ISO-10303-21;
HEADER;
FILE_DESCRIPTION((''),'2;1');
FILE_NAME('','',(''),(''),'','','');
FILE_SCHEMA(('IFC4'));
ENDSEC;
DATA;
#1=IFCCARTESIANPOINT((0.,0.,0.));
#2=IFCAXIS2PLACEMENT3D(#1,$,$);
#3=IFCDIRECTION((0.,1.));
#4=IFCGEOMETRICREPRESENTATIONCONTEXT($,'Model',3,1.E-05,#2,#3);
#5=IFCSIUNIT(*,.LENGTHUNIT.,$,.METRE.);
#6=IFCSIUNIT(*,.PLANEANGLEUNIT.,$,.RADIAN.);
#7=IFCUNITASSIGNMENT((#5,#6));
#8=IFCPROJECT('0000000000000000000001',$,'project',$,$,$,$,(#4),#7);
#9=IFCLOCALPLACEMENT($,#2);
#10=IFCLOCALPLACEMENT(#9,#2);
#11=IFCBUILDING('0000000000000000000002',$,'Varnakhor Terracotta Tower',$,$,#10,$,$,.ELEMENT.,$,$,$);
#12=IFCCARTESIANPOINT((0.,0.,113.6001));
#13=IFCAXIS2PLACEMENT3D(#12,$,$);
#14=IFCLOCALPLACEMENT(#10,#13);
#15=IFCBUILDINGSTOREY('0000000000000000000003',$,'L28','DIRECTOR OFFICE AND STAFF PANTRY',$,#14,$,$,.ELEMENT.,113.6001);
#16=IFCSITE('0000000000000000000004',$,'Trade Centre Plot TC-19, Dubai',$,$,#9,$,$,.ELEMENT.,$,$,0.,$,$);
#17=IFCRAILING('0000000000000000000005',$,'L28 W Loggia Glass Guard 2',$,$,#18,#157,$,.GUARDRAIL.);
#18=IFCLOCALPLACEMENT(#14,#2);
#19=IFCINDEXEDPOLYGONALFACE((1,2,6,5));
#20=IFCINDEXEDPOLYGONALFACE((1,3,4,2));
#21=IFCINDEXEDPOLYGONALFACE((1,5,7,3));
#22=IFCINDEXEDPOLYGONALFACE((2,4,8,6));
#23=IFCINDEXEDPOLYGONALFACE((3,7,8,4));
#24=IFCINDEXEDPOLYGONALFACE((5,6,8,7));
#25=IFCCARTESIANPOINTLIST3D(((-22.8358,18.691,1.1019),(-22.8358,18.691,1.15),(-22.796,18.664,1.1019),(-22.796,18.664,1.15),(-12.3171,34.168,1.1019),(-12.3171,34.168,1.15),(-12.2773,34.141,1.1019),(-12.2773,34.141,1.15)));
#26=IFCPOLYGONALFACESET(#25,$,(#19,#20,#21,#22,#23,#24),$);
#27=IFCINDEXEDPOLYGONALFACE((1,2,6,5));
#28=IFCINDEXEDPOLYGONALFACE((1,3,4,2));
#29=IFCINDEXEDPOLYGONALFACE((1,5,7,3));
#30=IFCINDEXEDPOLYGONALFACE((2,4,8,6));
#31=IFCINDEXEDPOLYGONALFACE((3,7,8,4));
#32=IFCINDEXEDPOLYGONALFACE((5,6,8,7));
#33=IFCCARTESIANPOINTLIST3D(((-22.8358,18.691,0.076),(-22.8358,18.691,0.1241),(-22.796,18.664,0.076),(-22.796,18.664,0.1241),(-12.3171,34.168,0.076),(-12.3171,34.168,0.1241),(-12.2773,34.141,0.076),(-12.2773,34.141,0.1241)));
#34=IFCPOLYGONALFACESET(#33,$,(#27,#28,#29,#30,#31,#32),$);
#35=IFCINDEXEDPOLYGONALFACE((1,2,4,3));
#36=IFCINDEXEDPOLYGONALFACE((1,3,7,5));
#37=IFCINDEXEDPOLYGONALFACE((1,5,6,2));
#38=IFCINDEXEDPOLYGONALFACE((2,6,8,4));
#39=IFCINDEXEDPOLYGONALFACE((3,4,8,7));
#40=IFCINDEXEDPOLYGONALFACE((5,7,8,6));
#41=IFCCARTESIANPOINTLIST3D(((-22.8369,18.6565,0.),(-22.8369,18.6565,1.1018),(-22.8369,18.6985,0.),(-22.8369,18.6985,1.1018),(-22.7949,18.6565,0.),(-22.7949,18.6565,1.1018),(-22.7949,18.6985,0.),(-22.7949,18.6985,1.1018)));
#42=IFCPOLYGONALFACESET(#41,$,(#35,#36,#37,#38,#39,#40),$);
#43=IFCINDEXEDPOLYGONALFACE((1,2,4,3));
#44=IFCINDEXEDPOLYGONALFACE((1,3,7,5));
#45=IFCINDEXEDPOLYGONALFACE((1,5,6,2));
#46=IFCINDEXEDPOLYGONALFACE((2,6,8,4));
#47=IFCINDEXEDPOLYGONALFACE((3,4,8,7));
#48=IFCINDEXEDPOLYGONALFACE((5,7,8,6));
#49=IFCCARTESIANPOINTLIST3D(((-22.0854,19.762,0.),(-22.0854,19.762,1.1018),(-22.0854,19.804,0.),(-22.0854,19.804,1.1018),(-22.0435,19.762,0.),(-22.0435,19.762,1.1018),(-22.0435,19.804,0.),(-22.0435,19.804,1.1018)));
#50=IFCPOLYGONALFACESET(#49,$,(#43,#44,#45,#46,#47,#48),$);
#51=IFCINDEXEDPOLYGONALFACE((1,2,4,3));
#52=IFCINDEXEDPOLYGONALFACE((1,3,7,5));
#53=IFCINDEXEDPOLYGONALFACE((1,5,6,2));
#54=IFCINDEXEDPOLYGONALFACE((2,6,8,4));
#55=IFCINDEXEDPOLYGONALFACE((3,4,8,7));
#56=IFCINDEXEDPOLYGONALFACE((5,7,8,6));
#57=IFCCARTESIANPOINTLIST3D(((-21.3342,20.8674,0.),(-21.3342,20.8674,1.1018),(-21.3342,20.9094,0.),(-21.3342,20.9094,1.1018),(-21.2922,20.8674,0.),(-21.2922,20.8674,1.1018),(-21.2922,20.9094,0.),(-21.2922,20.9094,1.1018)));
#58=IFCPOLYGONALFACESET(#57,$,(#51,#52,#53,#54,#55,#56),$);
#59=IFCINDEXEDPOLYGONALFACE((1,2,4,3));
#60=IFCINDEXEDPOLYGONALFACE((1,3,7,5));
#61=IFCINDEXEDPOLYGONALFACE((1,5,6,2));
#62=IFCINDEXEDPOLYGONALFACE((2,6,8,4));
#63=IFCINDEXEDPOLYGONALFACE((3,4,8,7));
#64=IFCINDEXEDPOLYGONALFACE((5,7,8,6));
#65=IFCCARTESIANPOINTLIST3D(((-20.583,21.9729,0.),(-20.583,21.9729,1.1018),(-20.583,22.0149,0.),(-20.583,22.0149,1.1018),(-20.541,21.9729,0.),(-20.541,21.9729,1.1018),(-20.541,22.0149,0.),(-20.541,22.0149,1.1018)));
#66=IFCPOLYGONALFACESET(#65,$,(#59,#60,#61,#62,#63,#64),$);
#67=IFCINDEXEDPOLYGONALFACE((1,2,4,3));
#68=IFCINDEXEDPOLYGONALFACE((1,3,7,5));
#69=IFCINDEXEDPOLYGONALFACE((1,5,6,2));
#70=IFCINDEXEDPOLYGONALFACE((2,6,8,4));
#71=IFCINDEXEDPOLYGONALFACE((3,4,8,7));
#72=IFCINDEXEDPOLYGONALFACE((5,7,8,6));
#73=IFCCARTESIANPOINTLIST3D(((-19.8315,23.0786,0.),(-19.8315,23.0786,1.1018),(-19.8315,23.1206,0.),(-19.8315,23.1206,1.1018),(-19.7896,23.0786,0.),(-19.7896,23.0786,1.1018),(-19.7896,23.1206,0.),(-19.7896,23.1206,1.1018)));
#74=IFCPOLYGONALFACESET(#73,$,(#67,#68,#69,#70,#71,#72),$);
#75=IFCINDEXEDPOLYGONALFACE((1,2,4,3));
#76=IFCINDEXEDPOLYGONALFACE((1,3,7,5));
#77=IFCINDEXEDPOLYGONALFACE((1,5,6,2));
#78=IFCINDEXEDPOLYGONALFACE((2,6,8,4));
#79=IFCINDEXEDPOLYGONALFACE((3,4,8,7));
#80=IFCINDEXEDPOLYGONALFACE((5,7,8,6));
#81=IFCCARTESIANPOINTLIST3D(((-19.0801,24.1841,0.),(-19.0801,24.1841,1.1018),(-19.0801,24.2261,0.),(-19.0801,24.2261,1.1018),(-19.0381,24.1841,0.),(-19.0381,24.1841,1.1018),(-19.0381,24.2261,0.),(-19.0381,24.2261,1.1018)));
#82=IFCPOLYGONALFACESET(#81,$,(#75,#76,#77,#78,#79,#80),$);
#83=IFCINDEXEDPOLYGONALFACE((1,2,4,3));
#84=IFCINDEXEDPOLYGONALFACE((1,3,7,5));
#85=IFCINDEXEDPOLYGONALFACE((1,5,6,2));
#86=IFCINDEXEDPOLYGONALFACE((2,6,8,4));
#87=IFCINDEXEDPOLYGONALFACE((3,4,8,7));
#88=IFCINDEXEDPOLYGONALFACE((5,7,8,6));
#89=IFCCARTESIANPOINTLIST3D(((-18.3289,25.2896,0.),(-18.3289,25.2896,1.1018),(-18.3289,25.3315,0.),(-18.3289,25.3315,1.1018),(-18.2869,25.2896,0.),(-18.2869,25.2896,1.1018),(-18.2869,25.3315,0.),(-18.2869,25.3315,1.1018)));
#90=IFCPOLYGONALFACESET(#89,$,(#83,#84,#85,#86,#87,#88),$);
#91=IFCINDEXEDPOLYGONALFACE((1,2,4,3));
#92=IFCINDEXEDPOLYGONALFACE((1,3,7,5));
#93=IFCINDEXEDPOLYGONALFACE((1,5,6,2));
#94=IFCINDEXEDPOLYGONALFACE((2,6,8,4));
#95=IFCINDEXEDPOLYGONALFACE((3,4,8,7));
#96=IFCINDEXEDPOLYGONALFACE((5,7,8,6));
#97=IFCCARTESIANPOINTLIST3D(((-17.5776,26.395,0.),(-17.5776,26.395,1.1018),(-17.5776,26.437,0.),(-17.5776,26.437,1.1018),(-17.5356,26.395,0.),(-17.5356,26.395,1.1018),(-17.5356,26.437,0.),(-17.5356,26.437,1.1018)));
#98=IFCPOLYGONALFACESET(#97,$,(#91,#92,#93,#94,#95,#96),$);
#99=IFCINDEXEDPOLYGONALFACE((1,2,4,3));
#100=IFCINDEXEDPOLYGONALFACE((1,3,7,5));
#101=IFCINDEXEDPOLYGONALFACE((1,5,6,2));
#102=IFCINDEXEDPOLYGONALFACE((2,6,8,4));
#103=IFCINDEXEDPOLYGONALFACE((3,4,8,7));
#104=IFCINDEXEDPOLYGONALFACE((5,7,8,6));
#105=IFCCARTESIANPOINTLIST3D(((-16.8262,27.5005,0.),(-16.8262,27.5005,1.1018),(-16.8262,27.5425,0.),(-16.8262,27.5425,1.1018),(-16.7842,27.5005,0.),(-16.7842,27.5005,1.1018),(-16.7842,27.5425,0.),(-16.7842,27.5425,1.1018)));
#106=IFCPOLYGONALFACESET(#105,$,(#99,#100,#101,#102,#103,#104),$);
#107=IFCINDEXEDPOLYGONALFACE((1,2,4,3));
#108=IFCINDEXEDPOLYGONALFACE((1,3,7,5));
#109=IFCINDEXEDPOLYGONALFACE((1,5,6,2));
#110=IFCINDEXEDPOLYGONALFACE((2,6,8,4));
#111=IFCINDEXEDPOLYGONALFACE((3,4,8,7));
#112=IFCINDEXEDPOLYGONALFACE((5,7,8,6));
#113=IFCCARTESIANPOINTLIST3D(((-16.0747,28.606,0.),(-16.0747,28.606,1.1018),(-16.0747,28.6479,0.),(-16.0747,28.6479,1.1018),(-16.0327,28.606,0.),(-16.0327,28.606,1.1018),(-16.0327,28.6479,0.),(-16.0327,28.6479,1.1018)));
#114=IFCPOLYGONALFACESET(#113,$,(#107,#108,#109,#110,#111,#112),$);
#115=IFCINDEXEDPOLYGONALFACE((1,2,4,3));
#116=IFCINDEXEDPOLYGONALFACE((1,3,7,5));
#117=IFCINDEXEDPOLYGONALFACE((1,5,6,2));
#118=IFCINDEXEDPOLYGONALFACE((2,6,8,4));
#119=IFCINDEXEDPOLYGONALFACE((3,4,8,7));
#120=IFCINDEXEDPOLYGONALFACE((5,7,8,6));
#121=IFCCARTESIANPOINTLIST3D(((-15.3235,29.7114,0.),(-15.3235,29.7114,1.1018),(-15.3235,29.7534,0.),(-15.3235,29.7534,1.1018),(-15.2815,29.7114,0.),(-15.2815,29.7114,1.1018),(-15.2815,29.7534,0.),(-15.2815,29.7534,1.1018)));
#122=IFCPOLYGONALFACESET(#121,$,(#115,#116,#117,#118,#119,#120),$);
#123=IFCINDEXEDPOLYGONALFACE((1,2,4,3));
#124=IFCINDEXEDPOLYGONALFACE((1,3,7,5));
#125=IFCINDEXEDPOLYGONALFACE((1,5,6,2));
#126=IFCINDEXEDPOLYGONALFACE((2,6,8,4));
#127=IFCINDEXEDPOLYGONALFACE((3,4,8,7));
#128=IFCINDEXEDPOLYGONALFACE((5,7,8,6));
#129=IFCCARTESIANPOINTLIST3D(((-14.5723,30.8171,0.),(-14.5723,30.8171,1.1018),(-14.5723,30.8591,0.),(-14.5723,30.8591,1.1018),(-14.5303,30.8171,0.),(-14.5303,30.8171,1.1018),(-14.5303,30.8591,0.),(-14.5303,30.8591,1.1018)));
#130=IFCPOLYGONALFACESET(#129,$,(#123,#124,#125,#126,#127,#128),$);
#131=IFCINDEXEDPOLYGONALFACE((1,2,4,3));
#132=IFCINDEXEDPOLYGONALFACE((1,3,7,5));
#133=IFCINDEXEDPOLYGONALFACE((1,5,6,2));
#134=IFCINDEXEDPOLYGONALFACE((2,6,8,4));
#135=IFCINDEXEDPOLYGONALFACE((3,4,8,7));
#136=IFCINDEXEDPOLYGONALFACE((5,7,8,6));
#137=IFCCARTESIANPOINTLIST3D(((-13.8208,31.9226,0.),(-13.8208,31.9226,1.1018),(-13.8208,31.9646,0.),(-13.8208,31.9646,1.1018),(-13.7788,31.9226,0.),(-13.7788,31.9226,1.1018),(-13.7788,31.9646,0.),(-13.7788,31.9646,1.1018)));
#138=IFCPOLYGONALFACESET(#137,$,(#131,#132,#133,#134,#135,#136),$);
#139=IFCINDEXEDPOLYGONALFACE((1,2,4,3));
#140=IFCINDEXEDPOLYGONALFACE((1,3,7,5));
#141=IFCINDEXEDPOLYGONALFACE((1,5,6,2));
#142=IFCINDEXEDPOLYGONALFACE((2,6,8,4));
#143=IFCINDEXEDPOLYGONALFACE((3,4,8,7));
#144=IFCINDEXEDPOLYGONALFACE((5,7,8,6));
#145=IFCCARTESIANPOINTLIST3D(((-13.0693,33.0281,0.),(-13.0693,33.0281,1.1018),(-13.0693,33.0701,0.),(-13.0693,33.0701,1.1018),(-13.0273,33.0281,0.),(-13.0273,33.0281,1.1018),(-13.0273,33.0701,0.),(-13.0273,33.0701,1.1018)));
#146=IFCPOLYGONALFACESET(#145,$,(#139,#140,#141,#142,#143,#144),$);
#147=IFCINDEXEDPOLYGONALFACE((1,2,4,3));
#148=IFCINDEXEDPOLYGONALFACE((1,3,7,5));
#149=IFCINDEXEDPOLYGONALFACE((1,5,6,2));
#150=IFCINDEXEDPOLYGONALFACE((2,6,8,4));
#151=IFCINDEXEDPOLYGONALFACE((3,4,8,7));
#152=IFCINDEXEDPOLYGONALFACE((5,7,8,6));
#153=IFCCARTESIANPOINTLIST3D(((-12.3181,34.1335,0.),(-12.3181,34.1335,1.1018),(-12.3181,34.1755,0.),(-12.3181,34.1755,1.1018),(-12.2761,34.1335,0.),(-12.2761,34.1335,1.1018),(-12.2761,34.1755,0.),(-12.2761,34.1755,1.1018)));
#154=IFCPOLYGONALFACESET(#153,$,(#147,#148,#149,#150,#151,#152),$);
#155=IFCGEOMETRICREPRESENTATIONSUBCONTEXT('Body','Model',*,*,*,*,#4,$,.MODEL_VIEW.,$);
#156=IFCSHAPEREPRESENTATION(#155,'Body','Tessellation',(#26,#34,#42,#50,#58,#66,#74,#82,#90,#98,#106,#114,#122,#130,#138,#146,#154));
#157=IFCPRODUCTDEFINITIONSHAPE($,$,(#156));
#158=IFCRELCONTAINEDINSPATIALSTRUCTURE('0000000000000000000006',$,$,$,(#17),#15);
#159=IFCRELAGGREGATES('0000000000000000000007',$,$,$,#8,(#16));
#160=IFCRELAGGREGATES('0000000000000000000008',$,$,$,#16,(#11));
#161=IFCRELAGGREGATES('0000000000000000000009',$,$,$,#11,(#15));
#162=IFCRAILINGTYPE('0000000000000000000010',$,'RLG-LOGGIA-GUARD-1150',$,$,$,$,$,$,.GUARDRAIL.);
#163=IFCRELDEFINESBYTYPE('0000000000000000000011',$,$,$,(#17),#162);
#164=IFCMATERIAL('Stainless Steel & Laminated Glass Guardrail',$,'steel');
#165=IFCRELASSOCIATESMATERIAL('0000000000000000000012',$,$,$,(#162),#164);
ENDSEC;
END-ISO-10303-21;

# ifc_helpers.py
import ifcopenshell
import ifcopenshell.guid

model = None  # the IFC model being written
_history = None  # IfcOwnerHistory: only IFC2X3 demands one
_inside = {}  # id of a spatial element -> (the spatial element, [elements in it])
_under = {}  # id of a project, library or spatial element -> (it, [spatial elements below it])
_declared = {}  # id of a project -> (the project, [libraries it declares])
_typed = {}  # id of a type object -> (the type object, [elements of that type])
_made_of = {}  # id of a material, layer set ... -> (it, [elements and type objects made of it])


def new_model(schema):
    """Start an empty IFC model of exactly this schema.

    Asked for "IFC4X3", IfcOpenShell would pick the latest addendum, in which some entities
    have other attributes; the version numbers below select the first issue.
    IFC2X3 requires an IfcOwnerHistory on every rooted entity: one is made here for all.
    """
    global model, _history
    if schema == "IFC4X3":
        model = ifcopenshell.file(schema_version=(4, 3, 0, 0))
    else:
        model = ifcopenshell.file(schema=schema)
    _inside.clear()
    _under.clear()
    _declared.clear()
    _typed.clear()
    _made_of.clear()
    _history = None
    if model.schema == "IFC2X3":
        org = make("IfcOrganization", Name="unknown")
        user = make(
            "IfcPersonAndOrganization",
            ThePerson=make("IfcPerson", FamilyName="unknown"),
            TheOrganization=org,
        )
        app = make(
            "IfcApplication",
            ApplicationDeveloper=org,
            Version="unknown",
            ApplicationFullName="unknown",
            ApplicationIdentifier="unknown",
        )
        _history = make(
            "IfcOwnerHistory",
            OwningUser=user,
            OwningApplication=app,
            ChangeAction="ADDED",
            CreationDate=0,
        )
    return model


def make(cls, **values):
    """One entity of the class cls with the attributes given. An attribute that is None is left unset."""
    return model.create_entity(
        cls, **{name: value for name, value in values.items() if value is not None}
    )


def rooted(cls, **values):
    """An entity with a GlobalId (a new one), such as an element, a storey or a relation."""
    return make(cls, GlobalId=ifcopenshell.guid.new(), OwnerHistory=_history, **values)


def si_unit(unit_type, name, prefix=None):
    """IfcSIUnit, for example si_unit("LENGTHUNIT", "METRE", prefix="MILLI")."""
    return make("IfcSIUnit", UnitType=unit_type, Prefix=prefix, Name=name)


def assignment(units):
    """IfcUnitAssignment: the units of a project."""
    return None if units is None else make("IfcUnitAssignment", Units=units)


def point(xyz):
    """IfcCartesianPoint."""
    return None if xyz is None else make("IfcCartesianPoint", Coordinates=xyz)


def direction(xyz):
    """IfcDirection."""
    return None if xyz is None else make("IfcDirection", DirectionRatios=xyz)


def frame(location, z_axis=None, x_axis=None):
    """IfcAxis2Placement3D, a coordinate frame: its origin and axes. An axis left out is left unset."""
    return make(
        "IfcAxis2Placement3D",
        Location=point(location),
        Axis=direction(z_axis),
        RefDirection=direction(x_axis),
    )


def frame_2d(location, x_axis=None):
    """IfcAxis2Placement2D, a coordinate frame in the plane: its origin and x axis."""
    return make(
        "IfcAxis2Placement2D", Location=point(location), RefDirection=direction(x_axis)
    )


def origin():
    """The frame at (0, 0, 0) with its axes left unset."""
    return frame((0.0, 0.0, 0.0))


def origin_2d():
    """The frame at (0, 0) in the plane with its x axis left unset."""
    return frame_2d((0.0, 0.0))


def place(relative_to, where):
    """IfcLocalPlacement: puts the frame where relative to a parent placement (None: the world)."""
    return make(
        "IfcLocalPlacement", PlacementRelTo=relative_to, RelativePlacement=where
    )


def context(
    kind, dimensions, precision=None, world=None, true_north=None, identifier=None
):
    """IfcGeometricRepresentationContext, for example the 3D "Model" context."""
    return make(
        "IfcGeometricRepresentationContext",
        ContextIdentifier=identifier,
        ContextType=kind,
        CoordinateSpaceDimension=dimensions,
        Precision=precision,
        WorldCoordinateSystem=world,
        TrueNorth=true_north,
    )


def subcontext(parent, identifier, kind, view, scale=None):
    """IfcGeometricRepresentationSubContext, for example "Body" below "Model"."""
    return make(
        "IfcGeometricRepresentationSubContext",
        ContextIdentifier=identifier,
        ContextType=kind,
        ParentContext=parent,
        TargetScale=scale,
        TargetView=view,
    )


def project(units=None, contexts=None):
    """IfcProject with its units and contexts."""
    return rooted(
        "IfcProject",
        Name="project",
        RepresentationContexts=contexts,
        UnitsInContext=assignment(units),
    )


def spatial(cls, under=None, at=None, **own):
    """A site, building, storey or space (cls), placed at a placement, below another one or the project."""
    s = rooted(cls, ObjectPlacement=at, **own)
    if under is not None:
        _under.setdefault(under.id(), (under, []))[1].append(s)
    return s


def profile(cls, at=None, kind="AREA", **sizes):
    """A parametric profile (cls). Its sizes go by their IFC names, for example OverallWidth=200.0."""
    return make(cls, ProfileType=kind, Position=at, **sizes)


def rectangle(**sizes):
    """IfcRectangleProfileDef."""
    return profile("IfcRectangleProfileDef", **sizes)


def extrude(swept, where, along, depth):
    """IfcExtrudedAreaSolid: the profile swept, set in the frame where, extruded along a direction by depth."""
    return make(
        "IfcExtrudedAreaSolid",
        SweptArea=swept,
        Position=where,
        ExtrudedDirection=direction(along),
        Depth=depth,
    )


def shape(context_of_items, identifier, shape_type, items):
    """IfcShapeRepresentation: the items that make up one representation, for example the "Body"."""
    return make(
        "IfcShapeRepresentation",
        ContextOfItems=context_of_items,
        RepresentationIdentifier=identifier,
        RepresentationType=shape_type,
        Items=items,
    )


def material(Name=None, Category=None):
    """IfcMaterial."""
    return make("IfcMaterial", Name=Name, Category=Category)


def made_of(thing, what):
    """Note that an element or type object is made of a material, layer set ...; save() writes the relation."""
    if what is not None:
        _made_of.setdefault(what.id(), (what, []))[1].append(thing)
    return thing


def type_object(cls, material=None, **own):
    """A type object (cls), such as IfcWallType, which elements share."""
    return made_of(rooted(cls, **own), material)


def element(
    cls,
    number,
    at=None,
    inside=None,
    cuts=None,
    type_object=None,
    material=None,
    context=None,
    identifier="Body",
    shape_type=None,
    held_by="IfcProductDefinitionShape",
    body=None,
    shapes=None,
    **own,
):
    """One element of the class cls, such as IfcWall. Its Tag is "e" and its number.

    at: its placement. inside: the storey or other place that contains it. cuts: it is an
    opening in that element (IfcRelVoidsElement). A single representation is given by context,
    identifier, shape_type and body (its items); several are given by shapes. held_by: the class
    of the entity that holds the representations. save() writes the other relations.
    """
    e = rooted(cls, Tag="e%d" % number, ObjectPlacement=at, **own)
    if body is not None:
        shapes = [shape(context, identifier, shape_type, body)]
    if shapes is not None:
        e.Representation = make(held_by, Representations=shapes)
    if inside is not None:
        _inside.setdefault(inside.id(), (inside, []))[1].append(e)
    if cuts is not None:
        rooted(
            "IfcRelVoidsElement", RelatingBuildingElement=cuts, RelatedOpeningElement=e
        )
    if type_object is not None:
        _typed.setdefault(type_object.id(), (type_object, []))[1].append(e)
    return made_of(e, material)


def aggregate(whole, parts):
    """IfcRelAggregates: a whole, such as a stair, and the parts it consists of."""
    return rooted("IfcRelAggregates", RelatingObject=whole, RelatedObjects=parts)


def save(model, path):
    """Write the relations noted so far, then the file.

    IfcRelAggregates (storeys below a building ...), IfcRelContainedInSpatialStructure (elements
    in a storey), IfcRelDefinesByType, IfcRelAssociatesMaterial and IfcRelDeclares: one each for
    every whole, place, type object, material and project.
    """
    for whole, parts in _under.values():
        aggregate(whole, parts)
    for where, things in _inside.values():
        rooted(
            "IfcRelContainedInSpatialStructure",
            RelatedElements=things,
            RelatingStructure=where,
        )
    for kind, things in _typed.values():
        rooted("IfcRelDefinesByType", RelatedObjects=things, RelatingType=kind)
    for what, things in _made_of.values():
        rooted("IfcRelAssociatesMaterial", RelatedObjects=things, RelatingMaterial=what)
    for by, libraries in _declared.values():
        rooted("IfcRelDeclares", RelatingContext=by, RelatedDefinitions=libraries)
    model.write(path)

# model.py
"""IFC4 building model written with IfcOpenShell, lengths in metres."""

from ifc_helpers import new_model, si_unit, direction, frame, origin, origin_2d, place, context, subcontext, project, spatial, rectangle, extrude, material, type_object, element, save


model = new_model("IFC4")

# Units and contexts
model_context = context("Model", 3, precision=1e-05, world=origin(), true_north=direction((0.0, 1.0)))
body_context = subcontext(model_context, "Body", "Model", "MODEL_VIEW")
ifc_project = project(units=[si_unit("LENGTHUNIT", "METRE"), si_unit("PLANEANGLEUNIT", "RADIAN")], contexts=[model_context])

# Site, building, storey
site_placement = place(None, origin())
site = spatial("IfcSite", under=ifc_project, at=site_placement, Name="Trade Centre Plot TC-19, Dubai", CompositionType="ELEMENT", RefElevation=0.0)
building_placement = place(site_placement, origin())
building = spatial("IfcBuilding", under=site, at=building_placement, Name="Varnakhor Terracotta Tower", CompositionType="ELEMENT")
storey_placement = place(building_placement, frame((0.0, 0.0, 113.6001)))
storey = spatial("IfcBuildingStorey", under=building, at=storey_placement, Name="L28", Description="DIRECTOR OFFICE AND STAFF PANTRY", CompositionType="ELEMENT", Elevation=113.6001)

# Railing
ifc_material_1 = material(Name="Stainless Steel & Laminated Glass Guardrail", Category="steel")
railing_type = type_object("IfcRailingType", Name="RLG-LOGGIA-GUARD-1150", PredefinedType="GUARDRAIL", material=ifc_material_1)
railing_1_placement = place(storey_placement, frame((-22.8159, 18.6775, 0.0)))
element("IfcRailing", 1, at=railing_1_placement, inside=storey, type_object=railing_type, Name="L28 W Loggia Glass Guard 2", PredefinedType="GUARDRAIL", context=body_context, shape_type="SweptSolid", body=[
    extrude(rectangle(XDim=0.0481, YDim=0.0481, at=origin_2d()), frame((0.0, 0.0, 1.126), z_axis=(0.562106, 0.827066, 0.0), x_axis=(-0.827066, 0.562106, 0.0)), (0.0, 0.0, 1.0), 18.7131),
    extrude(rectangle(XDim=0.0481, YDim=0.0481, at=origin_2d()), frame((0.0, 0.0, 0.1001), z_axis=(0.562106, 0.827066, 0.0), x_axis=(-0.827066, 0.562106, 0.0)), (0.0, 0.0, 1.0), 18.7131),
    extrude(rectangle(XDim=0.042, YDim=0.042, at=origin_2d()), origin(), (0.0, 0.0, 1.0), 1.1018),
    extrude(rectangle(XDim=0.042, YDim=0.042, at=origin_2d()), frame((0.7515, 1.1055, 0.0)), (0.0, 0.0, 1.0), 1.1018),
    extrude(rectangle(XDim=0.042, YDim=0.042, at=origin_2d()), frame((1.5027, 2.2109, 0.0)), (0.0, 0.0, 1.0), 1.1018),
    extrude(rectangle(XDim=0.042, YDim=0.042, at=origin_2d()), frame((2.2539, 3.3164, 0.0)), (0.0, 0.0, 1.0), 1.1018),
    extrude(rectangle(XDim=0.042, YDim=0.042, at=origin_2d()), frame((3.0054, 4.4221, 0.0)), (0.0, 0.0, 1.0), 1.1018),
    extrude(rectangle(XDim=0.042, YDim=0.042, at=origin_2d()), frame((3.7568, 5.5276, 0.0)), (0.0, 0.0, 1.0), 1.1018),
    extrude(rectangle(XDim=0.042, YDim=0.042, at=origin_2d()), frame((4.5081, 6.6331, 0.0)), (0.0, 0.0, 1.0), 1.1018),
    extrude(rectangle(XDim=0.042, YDim=0.042, at=origin_2d()), frame((5.2593, 7.7385, 0.0)), (0.0, 0.0, 1.0), 1.1018),
    extrude(rectangle(XDim=0.042, YDim=0.042, at=origin_2d()), frame((6.0107, 8.844, 0.0)), (0.0, 0.0, 1.0), 1.1018),
    extrude(rectangle(XDim=0.042, YDim=0.042, at=origin_2d()), frame((6.7622, 9.9495, 0.0)), (0.0, 0.0, 1.0), 1.1018),
    extrude(rectangle(XDim=0.042, YDim=0.042, at=origin_2d()), frame((7.5134, 11.0549, 0.0)), (0.0, 0.0, 1.0), 1.1018),
    extrude(rectangle(XDim=0.042, YDim=0.042, at=origin_2d()), frame((8.2646, 12.1606, 0.0)), (0.0, 0.0, 1.0), 1.1018),
    extrude(rectangle(XDim=0.042, YDim=0.042, at=origin_2d()), frame((9.0161, 13.2661, 0.0)), (0.0, 0.0, 1.0), 1.1018),
    extrude(rectangle(XDim=0.042, YDim=0.042, at=origin_2d()), frame((9.7676, 14.3716, 0.0)), (0.0, 0.0, 1.0), 1.1018),
    extrude(rectangle(XDim=0.042, YDim=0.042, at=origin_2d()), frame((10.5188, 15.4771, 0.0)), (0.0, 0.0, 1.0), 1.1018),
])

save(model, "model.ifc")
